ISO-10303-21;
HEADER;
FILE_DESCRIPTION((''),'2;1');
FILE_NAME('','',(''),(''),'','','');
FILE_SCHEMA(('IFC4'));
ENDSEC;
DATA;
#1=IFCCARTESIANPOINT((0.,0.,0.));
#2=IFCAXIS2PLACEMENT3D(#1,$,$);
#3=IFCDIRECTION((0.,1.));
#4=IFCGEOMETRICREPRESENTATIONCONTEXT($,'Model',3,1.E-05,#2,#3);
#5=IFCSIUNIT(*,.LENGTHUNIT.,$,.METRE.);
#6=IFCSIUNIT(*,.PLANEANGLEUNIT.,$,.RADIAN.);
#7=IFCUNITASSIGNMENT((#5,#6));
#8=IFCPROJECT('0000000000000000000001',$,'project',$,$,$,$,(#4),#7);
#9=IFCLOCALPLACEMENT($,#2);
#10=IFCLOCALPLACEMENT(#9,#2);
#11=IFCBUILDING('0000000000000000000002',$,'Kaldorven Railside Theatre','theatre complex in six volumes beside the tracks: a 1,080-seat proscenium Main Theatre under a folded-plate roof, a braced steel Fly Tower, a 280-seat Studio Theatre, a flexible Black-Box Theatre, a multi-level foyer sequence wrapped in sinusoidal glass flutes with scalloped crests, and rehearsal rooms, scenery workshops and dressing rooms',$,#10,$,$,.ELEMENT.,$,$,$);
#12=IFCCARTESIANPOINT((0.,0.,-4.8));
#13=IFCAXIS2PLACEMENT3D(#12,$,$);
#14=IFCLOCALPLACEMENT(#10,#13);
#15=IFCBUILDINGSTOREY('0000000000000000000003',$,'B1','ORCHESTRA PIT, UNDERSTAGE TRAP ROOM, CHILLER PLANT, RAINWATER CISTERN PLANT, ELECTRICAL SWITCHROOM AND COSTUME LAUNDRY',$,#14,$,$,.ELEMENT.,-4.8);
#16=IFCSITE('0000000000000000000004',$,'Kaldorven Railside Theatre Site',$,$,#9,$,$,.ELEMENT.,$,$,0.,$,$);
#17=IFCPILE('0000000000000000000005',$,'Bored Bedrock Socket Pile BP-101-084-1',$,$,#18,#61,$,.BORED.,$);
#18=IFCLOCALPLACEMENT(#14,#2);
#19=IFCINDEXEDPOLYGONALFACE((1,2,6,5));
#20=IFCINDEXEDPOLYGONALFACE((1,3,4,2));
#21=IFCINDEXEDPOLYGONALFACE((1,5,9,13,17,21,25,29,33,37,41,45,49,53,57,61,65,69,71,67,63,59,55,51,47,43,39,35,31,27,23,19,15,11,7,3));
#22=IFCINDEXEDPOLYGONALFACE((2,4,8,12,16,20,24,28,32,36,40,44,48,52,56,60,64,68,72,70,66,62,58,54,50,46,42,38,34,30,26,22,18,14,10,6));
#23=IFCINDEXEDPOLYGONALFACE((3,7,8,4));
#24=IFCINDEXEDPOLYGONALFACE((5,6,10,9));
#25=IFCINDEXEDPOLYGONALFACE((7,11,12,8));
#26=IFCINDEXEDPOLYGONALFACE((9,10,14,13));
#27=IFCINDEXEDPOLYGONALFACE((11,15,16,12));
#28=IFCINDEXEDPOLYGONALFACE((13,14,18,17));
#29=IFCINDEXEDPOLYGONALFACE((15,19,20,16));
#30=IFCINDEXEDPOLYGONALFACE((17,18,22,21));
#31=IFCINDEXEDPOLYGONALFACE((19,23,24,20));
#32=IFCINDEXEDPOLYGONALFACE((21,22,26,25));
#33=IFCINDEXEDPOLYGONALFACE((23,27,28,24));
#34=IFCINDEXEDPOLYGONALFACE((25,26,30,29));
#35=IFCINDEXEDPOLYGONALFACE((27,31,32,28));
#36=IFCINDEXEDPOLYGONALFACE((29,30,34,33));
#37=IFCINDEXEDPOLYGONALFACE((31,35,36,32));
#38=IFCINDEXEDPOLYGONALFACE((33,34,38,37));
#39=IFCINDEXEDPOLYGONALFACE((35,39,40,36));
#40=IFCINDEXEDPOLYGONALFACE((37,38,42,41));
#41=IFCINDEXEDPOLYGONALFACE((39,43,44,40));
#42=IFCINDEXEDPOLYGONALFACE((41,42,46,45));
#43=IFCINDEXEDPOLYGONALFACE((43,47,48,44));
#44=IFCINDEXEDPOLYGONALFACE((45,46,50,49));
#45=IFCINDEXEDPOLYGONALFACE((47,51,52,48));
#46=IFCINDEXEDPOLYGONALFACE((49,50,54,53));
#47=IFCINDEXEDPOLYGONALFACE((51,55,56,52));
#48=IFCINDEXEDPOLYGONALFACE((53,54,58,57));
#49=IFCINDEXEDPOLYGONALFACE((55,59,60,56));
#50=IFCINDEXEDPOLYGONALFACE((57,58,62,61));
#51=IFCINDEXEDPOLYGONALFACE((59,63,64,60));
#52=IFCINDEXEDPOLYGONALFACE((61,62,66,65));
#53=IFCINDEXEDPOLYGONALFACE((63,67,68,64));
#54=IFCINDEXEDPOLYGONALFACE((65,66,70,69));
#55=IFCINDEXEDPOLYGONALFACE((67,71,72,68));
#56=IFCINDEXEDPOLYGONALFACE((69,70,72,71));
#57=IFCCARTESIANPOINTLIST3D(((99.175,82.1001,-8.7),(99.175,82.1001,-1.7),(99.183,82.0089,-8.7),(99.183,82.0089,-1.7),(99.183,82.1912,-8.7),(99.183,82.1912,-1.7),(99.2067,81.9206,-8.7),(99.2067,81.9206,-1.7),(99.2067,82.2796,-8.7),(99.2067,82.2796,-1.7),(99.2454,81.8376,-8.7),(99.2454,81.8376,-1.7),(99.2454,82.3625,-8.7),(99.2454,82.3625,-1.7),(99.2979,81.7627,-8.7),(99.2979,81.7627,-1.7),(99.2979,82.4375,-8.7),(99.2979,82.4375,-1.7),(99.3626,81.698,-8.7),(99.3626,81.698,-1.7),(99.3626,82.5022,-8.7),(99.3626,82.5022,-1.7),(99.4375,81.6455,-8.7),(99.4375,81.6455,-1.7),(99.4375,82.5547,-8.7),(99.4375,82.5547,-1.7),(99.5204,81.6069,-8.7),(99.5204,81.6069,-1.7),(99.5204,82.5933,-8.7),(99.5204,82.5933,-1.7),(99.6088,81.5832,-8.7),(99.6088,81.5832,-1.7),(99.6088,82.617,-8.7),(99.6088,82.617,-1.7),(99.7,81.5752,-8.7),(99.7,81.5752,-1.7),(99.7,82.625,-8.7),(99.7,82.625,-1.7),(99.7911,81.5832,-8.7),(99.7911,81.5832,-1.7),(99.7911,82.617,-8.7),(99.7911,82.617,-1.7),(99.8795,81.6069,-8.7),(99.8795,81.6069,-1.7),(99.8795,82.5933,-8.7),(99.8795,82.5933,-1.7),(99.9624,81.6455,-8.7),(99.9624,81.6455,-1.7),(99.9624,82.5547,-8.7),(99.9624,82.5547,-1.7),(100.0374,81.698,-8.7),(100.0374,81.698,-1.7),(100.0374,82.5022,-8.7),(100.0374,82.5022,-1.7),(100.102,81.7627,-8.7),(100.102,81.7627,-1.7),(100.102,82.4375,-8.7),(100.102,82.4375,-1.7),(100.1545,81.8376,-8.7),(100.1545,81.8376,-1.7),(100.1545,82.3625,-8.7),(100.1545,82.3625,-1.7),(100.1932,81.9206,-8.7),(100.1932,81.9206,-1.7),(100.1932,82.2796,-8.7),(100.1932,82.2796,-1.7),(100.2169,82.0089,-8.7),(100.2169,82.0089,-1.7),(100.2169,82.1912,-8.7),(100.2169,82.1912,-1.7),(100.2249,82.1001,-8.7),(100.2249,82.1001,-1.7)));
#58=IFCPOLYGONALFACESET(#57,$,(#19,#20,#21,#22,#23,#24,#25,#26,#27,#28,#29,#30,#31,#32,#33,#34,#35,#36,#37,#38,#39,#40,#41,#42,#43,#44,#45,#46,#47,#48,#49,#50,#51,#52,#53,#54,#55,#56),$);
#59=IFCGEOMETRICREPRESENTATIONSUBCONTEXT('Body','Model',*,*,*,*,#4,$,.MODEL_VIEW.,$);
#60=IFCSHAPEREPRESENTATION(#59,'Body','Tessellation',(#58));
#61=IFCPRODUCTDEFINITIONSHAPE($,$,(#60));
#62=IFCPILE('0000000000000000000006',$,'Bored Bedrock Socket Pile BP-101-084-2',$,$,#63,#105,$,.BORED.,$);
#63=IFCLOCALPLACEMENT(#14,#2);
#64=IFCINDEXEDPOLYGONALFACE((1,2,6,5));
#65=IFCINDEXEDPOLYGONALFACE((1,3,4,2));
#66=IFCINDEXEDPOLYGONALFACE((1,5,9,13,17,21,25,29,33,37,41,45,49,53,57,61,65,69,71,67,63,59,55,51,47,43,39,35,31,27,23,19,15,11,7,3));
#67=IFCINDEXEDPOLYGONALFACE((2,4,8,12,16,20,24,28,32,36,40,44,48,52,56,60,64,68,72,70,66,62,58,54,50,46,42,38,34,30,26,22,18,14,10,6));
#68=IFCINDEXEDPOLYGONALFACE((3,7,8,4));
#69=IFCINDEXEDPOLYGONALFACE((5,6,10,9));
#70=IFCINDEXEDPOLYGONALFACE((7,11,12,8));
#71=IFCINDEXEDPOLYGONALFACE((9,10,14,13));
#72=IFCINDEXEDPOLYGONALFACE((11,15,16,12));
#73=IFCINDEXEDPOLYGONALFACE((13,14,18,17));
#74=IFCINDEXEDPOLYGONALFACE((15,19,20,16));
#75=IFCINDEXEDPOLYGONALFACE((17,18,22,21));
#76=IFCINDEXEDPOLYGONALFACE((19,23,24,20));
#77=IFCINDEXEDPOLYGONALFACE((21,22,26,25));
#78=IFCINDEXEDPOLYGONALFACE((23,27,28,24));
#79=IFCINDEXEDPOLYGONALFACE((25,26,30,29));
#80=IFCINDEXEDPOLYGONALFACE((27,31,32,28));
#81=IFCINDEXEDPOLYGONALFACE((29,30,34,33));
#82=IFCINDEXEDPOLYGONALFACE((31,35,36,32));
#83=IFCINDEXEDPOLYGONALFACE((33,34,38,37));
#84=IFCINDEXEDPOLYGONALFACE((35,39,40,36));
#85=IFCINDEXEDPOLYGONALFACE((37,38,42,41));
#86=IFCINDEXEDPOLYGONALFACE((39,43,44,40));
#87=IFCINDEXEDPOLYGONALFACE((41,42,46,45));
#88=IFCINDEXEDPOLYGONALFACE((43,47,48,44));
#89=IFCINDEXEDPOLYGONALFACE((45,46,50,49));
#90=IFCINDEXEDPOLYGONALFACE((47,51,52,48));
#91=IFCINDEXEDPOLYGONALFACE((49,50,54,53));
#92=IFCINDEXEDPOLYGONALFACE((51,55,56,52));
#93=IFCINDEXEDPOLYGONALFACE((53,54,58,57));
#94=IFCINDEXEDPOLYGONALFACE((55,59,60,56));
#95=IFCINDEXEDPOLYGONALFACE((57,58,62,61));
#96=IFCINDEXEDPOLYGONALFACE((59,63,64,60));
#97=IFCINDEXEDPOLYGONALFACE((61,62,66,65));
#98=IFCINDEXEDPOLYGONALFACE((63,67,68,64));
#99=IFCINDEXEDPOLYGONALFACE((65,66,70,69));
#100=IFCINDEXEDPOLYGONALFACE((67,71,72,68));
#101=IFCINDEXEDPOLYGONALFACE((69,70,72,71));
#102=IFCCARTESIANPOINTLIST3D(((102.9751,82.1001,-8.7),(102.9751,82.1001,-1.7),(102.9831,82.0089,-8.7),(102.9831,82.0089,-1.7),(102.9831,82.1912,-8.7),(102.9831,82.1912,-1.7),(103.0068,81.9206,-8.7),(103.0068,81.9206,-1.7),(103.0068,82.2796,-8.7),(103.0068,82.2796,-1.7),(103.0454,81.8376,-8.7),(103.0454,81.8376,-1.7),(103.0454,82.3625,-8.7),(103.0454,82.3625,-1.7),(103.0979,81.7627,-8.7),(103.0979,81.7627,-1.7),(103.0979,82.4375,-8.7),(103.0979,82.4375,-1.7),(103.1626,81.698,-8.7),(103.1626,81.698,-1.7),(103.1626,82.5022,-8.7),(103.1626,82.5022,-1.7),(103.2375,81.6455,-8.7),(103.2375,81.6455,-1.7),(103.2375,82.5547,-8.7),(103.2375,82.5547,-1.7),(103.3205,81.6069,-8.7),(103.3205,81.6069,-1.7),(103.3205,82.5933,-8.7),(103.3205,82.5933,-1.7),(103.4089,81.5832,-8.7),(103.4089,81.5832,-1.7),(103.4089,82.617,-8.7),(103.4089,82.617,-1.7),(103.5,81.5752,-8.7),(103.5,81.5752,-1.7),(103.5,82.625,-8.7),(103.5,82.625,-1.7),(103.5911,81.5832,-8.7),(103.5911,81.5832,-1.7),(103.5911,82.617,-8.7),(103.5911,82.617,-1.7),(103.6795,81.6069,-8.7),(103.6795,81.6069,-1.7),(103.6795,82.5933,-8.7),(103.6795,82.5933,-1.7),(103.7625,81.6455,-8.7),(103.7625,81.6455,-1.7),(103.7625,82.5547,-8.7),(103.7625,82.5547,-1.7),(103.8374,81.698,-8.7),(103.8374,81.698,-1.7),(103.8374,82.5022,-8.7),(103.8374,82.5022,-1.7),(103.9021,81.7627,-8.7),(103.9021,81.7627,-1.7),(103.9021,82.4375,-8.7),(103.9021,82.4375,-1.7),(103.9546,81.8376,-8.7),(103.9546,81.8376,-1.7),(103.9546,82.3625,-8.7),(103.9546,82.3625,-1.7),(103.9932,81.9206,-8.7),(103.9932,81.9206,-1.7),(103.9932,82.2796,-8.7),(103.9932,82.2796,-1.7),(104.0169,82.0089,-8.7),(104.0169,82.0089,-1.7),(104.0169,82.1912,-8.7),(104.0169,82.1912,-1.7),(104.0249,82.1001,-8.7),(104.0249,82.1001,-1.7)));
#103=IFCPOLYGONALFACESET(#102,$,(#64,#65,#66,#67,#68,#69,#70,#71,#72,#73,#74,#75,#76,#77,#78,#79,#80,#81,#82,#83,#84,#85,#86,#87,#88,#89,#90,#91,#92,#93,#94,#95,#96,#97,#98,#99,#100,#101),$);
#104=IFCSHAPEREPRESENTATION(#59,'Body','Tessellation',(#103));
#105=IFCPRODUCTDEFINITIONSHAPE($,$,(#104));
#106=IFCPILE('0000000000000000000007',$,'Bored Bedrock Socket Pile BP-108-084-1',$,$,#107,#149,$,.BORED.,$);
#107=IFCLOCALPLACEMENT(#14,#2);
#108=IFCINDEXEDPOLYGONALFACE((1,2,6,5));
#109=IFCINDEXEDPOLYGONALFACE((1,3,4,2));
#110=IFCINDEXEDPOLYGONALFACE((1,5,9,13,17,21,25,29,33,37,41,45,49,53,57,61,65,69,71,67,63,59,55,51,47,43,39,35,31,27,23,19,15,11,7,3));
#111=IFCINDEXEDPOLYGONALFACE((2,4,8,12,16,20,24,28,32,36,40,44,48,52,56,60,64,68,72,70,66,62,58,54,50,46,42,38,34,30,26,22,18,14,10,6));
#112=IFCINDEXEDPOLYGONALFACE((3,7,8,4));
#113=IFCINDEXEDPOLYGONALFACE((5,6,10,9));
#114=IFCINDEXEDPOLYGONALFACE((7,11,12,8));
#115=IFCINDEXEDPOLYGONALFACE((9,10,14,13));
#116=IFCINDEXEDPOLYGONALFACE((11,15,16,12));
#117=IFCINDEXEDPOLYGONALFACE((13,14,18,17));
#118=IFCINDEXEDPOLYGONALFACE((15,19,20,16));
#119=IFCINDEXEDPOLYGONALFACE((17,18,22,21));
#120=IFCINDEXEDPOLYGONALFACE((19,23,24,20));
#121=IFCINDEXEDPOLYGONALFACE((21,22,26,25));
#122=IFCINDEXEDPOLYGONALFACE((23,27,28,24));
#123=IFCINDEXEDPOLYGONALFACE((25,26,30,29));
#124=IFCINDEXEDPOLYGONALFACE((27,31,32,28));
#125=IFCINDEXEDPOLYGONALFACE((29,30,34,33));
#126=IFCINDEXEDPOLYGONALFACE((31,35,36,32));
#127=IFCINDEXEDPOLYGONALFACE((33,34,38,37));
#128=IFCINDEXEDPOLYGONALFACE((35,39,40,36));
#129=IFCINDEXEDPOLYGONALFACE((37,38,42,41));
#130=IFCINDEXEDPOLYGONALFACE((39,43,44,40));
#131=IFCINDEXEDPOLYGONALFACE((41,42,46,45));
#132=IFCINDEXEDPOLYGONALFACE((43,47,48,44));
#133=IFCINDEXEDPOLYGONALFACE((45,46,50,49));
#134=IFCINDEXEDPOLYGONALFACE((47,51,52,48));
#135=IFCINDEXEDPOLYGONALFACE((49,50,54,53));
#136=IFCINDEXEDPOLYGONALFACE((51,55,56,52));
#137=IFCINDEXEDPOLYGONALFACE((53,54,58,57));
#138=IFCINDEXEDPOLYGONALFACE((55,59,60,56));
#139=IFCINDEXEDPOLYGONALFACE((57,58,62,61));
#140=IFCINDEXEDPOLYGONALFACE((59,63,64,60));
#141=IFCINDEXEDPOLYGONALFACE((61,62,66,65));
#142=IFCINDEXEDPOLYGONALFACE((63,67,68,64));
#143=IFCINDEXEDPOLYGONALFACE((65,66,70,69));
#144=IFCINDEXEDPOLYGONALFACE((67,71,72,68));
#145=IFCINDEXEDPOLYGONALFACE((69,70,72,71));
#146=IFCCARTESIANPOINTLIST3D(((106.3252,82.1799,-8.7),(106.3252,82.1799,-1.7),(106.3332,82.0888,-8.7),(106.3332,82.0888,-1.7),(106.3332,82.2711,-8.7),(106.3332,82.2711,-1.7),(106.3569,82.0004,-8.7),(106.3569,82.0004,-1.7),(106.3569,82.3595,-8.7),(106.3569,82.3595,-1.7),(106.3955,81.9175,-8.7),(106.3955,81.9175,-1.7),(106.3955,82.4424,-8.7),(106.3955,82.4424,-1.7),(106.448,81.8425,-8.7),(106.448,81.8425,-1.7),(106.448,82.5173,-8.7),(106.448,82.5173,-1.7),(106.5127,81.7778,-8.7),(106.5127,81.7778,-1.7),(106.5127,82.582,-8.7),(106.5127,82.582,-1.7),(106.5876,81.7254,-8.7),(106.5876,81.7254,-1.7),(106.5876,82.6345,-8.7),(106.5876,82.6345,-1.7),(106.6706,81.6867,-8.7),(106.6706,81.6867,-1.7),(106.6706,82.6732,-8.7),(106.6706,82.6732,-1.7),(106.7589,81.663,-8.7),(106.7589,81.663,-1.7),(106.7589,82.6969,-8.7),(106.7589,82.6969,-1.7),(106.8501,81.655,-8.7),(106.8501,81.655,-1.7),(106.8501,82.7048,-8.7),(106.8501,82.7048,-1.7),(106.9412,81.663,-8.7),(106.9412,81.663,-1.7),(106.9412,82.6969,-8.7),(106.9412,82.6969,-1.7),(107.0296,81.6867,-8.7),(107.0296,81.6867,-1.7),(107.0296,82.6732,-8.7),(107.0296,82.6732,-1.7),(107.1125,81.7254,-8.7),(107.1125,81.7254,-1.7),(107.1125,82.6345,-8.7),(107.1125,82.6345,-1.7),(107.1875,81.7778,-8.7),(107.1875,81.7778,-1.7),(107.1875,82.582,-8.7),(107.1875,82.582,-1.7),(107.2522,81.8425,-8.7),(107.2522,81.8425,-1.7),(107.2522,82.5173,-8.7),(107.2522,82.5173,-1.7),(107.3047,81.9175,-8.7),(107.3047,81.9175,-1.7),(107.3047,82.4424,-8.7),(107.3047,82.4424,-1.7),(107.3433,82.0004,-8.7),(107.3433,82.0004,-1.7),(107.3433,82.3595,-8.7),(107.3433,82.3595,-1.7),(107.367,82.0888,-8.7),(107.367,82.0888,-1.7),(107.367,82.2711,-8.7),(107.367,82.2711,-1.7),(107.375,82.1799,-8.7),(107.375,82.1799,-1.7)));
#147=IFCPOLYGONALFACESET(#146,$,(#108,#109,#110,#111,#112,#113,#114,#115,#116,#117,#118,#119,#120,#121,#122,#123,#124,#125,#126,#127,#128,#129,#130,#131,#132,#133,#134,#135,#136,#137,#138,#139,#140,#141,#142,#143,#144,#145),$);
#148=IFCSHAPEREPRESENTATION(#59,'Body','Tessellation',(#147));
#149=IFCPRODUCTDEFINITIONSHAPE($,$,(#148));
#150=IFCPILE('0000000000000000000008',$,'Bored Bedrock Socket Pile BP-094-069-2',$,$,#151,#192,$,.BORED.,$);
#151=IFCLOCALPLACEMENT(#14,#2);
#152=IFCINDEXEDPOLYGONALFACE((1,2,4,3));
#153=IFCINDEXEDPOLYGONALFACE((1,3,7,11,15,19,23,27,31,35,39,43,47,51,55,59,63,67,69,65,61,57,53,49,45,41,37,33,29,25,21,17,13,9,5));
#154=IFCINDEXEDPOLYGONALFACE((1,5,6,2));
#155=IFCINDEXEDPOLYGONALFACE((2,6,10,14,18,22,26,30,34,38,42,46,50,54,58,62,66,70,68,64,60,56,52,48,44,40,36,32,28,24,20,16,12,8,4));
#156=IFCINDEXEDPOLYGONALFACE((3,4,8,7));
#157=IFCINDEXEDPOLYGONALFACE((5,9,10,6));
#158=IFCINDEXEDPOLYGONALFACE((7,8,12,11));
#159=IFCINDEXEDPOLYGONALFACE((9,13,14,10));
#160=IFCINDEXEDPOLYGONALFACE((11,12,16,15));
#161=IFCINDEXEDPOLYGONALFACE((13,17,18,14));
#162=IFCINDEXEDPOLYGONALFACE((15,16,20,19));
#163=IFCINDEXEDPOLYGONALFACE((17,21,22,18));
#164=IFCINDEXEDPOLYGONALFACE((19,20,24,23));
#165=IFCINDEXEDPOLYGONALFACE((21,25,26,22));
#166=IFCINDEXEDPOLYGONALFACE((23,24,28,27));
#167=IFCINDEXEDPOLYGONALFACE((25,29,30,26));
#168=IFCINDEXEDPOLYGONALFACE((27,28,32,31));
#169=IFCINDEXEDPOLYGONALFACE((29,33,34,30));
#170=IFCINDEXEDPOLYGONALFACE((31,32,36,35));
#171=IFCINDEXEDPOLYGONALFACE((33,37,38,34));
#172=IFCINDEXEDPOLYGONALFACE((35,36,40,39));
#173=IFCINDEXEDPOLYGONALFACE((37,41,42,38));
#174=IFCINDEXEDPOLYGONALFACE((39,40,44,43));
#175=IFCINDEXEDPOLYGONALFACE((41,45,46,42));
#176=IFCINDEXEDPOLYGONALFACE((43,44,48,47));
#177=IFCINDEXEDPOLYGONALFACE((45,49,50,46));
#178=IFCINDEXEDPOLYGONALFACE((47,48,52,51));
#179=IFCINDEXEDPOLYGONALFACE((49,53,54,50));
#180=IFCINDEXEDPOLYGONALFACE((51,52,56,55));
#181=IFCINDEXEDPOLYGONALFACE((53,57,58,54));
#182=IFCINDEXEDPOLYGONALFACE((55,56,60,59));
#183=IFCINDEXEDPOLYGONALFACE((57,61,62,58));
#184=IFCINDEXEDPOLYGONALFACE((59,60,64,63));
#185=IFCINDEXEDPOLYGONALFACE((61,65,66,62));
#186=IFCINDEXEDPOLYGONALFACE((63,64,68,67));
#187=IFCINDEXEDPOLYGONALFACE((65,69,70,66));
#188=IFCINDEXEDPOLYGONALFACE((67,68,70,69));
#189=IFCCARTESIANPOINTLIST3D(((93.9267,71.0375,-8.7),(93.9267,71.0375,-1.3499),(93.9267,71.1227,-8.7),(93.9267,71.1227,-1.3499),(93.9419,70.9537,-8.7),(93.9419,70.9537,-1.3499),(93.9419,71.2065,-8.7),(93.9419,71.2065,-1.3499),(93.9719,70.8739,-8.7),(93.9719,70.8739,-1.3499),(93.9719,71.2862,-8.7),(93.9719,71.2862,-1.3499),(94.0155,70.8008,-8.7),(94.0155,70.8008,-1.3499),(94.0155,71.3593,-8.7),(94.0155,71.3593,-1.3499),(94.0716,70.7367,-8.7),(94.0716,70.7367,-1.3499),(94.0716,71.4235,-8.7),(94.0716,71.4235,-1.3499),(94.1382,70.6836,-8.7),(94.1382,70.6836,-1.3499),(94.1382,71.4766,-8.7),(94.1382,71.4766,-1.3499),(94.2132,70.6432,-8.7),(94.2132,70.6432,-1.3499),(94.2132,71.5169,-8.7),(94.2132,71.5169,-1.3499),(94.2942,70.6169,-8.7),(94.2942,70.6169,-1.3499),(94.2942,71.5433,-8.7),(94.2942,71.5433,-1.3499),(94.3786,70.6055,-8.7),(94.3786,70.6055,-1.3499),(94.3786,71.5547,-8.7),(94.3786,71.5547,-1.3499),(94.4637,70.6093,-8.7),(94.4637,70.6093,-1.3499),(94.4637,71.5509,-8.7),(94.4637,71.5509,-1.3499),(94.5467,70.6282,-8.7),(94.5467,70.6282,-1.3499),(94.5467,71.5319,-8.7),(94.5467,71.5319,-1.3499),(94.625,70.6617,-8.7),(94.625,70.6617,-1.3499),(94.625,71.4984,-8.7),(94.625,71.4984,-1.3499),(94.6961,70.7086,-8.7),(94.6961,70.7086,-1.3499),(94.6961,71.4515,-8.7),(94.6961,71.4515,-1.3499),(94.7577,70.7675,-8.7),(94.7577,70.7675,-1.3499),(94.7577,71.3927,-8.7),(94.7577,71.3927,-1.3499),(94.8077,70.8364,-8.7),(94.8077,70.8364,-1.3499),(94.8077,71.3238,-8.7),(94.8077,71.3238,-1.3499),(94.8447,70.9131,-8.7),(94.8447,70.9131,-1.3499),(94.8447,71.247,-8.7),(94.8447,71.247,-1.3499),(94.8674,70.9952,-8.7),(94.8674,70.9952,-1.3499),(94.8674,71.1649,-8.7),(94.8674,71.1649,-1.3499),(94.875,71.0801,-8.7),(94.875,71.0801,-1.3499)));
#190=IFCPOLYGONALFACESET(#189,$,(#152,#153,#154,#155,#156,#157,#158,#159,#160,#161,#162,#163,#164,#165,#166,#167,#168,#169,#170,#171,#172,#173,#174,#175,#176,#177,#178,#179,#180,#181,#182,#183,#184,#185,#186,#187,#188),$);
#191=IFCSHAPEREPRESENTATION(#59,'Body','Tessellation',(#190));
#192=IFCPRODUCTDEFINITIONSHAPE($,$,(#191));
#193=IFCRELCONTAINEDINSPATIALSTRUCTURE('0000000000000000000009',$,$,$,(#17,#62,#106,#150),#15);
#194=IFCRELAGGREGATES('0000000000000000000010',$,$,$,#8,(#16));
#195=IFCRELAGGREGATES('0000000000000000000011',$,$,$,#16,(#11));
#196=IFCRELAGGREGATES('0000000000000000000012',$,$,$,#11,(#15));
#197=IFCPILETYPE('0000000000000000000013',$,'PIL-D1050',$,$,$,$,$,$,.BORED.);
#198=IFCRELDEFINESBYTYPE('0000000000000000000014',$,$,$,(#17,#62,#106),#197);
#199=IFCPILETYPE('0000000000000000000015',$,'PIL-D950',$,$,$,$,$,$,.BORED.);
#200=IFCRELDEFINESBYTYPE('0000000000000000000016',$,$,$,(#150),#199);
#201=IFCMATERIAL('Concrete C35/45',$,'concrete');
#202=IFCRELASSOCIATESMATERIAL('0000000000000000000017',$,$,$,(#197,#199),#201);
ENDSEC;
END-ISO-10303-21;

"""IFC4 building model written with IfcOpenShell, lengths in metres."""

from ifc_helpers import new_model, si_unit, direction, frame, origin, origin_2d, place, context, subcontext, project, spatial, circle, extrude, material, material_profile, profile_set, type_object, element, save


model = new_model("IFC4")

# Units and contexts
model_context = context("Model", 3, precision=1e-05, world=origin(), true_north=direction((0.0, 1.0)))
body_context = subcontext(model_context, "Body", "Model", "MODEL_VIEW")
ifc_project = project(units=[si_unit("LENGTHUNIT", "METRE"), si_unit("PLANEANGLEUNIT", "RADIAN")], contexts=[model_context])

# Site, building, storey
site_placement = place(None, origin())
site = spatial("IfcSite", under=ifc_project, at=site_placement, Name="Kaldorven Railside Theatre Site", CompositionType="ELEMENT", RefElevation=0.0)
building_placement = place(site_placement, origin())
building = spatial("IfcBuilding", under=site, at=building_placement, Name="Kaldorven Railside Theatre", Description="theatre complex in six volumes beside the tracks: a 1,080-seat proscenium Main Theatre under a folded-plate roof, a braced steel Fly Tower, a 280-seat Studio Theatre, a flexible Black-Box Theatre, a multi-level foyer sequence wrapped in sinusoidal glass flutes with scalloped crests, and rehearsal rooms, scenery workshops and dressing rooms", CompositionType="ELEMENT")
storey_placement = place(building_placement, frame((0.0, 0.0, -4.8)))
storey = spatial("IfcBuildingStorey", under=building, at=storey_placement, Name="B1", Description="ORCHESTRA PIT, UNDERSTAGE TRAP ROOM, CHILLER PLANT, RAINWATER CISTERN PLANT, ELECTRICAL SWITCHROOM AND COSTUME LAUNDRY", CompositionType="ELEMENT", Elevation=-4.8)

# Piles
ifc_material_1 = material(Name="Concrete C35/45", Category="concrete")
ifc_material_profile_1 = material_profile(ifc_material_1, circle(Radius=0.5249, at=origin_2d()), Name="BP D1050")
ifc_profile_set_1 = profile_set([ifc_material_profile_1], Name="Concrete C35/45")
pile_type_1 = type_object("IfcPileType", Name="PIL-D1050", PredefinedType="BORED", material=ifc_profile_set_1)
for number, where, z_axis, x_axis, name in (
    (1, (99.7, 82.1001, -1.7), (0.0, 0.0, -1.0), (1.0, 0.0, 0.0), "Bored Bedrock Socket Pile BP-101-084-1"),
    (2, (103.5, 82.1001, -1.7), (0.0, 0.0, -1.0), (1.0, 0.0, 0.0), "Bored Bedrock Socket Pile BP-101-084-2"),
    (3, (106.8501, 82.1799, -1.7), (0.0, 0.0, -1.0), (1.0, 0.0, 0.0), "Bored Bedrock Socket Pile BP-108-084-1"),
):
    element("IfcPile", number, at=place(storey_placement, frame(where, z_axis=z_axis, x_axis=x_axis)), inside=storey, type_object=pile_type_1, Name=name, PredefinedType="BORED", context=body_context, shape_type="SweptSolid", body=[
        extrude(circle(Radius=0.5249, at=origin_2d()), origin(), (0.0, 0.0, 1.0), 7.0),
    ])
ifc_material_profile_2 = material_profile(ifc_material_1, circle(Radius=0.4751, at=origin_2d()), Name="BP D950")
ifc_profile_set_2 = profile_set([ifc_material_profile_2], Name="Concrete C35/45")
pile_type_2 = type_object("IfcPileType", Name="PIL-D950", PredefinedType="BORED", material=ifc_profile_set_2)
for number, where, z_axis, x_axis, name in (
    (4, (94.3999, 71.0801, -1.3499), (0.0, 0.0, -1.0), (1.0, 0.0, 0.0), "Bored Bedrock Socket Pile BP-094-069-2"),
):
    element("IfcPile", number, at=place(storey_placement, frame(where, z_axis=z_axis, x_axis=x_axis)), inside=storey, type_object=pile_type_2, Name=name, PredefinedType="BORED", context=body_context, shape_type="SweptSolid", body=[
        extrude(circle(Radius=0.4751, at=origin_2d()), origin(), (0.0, 0.0, 1.0), 7.3501),
    ])

save(model, "model.ifc")
